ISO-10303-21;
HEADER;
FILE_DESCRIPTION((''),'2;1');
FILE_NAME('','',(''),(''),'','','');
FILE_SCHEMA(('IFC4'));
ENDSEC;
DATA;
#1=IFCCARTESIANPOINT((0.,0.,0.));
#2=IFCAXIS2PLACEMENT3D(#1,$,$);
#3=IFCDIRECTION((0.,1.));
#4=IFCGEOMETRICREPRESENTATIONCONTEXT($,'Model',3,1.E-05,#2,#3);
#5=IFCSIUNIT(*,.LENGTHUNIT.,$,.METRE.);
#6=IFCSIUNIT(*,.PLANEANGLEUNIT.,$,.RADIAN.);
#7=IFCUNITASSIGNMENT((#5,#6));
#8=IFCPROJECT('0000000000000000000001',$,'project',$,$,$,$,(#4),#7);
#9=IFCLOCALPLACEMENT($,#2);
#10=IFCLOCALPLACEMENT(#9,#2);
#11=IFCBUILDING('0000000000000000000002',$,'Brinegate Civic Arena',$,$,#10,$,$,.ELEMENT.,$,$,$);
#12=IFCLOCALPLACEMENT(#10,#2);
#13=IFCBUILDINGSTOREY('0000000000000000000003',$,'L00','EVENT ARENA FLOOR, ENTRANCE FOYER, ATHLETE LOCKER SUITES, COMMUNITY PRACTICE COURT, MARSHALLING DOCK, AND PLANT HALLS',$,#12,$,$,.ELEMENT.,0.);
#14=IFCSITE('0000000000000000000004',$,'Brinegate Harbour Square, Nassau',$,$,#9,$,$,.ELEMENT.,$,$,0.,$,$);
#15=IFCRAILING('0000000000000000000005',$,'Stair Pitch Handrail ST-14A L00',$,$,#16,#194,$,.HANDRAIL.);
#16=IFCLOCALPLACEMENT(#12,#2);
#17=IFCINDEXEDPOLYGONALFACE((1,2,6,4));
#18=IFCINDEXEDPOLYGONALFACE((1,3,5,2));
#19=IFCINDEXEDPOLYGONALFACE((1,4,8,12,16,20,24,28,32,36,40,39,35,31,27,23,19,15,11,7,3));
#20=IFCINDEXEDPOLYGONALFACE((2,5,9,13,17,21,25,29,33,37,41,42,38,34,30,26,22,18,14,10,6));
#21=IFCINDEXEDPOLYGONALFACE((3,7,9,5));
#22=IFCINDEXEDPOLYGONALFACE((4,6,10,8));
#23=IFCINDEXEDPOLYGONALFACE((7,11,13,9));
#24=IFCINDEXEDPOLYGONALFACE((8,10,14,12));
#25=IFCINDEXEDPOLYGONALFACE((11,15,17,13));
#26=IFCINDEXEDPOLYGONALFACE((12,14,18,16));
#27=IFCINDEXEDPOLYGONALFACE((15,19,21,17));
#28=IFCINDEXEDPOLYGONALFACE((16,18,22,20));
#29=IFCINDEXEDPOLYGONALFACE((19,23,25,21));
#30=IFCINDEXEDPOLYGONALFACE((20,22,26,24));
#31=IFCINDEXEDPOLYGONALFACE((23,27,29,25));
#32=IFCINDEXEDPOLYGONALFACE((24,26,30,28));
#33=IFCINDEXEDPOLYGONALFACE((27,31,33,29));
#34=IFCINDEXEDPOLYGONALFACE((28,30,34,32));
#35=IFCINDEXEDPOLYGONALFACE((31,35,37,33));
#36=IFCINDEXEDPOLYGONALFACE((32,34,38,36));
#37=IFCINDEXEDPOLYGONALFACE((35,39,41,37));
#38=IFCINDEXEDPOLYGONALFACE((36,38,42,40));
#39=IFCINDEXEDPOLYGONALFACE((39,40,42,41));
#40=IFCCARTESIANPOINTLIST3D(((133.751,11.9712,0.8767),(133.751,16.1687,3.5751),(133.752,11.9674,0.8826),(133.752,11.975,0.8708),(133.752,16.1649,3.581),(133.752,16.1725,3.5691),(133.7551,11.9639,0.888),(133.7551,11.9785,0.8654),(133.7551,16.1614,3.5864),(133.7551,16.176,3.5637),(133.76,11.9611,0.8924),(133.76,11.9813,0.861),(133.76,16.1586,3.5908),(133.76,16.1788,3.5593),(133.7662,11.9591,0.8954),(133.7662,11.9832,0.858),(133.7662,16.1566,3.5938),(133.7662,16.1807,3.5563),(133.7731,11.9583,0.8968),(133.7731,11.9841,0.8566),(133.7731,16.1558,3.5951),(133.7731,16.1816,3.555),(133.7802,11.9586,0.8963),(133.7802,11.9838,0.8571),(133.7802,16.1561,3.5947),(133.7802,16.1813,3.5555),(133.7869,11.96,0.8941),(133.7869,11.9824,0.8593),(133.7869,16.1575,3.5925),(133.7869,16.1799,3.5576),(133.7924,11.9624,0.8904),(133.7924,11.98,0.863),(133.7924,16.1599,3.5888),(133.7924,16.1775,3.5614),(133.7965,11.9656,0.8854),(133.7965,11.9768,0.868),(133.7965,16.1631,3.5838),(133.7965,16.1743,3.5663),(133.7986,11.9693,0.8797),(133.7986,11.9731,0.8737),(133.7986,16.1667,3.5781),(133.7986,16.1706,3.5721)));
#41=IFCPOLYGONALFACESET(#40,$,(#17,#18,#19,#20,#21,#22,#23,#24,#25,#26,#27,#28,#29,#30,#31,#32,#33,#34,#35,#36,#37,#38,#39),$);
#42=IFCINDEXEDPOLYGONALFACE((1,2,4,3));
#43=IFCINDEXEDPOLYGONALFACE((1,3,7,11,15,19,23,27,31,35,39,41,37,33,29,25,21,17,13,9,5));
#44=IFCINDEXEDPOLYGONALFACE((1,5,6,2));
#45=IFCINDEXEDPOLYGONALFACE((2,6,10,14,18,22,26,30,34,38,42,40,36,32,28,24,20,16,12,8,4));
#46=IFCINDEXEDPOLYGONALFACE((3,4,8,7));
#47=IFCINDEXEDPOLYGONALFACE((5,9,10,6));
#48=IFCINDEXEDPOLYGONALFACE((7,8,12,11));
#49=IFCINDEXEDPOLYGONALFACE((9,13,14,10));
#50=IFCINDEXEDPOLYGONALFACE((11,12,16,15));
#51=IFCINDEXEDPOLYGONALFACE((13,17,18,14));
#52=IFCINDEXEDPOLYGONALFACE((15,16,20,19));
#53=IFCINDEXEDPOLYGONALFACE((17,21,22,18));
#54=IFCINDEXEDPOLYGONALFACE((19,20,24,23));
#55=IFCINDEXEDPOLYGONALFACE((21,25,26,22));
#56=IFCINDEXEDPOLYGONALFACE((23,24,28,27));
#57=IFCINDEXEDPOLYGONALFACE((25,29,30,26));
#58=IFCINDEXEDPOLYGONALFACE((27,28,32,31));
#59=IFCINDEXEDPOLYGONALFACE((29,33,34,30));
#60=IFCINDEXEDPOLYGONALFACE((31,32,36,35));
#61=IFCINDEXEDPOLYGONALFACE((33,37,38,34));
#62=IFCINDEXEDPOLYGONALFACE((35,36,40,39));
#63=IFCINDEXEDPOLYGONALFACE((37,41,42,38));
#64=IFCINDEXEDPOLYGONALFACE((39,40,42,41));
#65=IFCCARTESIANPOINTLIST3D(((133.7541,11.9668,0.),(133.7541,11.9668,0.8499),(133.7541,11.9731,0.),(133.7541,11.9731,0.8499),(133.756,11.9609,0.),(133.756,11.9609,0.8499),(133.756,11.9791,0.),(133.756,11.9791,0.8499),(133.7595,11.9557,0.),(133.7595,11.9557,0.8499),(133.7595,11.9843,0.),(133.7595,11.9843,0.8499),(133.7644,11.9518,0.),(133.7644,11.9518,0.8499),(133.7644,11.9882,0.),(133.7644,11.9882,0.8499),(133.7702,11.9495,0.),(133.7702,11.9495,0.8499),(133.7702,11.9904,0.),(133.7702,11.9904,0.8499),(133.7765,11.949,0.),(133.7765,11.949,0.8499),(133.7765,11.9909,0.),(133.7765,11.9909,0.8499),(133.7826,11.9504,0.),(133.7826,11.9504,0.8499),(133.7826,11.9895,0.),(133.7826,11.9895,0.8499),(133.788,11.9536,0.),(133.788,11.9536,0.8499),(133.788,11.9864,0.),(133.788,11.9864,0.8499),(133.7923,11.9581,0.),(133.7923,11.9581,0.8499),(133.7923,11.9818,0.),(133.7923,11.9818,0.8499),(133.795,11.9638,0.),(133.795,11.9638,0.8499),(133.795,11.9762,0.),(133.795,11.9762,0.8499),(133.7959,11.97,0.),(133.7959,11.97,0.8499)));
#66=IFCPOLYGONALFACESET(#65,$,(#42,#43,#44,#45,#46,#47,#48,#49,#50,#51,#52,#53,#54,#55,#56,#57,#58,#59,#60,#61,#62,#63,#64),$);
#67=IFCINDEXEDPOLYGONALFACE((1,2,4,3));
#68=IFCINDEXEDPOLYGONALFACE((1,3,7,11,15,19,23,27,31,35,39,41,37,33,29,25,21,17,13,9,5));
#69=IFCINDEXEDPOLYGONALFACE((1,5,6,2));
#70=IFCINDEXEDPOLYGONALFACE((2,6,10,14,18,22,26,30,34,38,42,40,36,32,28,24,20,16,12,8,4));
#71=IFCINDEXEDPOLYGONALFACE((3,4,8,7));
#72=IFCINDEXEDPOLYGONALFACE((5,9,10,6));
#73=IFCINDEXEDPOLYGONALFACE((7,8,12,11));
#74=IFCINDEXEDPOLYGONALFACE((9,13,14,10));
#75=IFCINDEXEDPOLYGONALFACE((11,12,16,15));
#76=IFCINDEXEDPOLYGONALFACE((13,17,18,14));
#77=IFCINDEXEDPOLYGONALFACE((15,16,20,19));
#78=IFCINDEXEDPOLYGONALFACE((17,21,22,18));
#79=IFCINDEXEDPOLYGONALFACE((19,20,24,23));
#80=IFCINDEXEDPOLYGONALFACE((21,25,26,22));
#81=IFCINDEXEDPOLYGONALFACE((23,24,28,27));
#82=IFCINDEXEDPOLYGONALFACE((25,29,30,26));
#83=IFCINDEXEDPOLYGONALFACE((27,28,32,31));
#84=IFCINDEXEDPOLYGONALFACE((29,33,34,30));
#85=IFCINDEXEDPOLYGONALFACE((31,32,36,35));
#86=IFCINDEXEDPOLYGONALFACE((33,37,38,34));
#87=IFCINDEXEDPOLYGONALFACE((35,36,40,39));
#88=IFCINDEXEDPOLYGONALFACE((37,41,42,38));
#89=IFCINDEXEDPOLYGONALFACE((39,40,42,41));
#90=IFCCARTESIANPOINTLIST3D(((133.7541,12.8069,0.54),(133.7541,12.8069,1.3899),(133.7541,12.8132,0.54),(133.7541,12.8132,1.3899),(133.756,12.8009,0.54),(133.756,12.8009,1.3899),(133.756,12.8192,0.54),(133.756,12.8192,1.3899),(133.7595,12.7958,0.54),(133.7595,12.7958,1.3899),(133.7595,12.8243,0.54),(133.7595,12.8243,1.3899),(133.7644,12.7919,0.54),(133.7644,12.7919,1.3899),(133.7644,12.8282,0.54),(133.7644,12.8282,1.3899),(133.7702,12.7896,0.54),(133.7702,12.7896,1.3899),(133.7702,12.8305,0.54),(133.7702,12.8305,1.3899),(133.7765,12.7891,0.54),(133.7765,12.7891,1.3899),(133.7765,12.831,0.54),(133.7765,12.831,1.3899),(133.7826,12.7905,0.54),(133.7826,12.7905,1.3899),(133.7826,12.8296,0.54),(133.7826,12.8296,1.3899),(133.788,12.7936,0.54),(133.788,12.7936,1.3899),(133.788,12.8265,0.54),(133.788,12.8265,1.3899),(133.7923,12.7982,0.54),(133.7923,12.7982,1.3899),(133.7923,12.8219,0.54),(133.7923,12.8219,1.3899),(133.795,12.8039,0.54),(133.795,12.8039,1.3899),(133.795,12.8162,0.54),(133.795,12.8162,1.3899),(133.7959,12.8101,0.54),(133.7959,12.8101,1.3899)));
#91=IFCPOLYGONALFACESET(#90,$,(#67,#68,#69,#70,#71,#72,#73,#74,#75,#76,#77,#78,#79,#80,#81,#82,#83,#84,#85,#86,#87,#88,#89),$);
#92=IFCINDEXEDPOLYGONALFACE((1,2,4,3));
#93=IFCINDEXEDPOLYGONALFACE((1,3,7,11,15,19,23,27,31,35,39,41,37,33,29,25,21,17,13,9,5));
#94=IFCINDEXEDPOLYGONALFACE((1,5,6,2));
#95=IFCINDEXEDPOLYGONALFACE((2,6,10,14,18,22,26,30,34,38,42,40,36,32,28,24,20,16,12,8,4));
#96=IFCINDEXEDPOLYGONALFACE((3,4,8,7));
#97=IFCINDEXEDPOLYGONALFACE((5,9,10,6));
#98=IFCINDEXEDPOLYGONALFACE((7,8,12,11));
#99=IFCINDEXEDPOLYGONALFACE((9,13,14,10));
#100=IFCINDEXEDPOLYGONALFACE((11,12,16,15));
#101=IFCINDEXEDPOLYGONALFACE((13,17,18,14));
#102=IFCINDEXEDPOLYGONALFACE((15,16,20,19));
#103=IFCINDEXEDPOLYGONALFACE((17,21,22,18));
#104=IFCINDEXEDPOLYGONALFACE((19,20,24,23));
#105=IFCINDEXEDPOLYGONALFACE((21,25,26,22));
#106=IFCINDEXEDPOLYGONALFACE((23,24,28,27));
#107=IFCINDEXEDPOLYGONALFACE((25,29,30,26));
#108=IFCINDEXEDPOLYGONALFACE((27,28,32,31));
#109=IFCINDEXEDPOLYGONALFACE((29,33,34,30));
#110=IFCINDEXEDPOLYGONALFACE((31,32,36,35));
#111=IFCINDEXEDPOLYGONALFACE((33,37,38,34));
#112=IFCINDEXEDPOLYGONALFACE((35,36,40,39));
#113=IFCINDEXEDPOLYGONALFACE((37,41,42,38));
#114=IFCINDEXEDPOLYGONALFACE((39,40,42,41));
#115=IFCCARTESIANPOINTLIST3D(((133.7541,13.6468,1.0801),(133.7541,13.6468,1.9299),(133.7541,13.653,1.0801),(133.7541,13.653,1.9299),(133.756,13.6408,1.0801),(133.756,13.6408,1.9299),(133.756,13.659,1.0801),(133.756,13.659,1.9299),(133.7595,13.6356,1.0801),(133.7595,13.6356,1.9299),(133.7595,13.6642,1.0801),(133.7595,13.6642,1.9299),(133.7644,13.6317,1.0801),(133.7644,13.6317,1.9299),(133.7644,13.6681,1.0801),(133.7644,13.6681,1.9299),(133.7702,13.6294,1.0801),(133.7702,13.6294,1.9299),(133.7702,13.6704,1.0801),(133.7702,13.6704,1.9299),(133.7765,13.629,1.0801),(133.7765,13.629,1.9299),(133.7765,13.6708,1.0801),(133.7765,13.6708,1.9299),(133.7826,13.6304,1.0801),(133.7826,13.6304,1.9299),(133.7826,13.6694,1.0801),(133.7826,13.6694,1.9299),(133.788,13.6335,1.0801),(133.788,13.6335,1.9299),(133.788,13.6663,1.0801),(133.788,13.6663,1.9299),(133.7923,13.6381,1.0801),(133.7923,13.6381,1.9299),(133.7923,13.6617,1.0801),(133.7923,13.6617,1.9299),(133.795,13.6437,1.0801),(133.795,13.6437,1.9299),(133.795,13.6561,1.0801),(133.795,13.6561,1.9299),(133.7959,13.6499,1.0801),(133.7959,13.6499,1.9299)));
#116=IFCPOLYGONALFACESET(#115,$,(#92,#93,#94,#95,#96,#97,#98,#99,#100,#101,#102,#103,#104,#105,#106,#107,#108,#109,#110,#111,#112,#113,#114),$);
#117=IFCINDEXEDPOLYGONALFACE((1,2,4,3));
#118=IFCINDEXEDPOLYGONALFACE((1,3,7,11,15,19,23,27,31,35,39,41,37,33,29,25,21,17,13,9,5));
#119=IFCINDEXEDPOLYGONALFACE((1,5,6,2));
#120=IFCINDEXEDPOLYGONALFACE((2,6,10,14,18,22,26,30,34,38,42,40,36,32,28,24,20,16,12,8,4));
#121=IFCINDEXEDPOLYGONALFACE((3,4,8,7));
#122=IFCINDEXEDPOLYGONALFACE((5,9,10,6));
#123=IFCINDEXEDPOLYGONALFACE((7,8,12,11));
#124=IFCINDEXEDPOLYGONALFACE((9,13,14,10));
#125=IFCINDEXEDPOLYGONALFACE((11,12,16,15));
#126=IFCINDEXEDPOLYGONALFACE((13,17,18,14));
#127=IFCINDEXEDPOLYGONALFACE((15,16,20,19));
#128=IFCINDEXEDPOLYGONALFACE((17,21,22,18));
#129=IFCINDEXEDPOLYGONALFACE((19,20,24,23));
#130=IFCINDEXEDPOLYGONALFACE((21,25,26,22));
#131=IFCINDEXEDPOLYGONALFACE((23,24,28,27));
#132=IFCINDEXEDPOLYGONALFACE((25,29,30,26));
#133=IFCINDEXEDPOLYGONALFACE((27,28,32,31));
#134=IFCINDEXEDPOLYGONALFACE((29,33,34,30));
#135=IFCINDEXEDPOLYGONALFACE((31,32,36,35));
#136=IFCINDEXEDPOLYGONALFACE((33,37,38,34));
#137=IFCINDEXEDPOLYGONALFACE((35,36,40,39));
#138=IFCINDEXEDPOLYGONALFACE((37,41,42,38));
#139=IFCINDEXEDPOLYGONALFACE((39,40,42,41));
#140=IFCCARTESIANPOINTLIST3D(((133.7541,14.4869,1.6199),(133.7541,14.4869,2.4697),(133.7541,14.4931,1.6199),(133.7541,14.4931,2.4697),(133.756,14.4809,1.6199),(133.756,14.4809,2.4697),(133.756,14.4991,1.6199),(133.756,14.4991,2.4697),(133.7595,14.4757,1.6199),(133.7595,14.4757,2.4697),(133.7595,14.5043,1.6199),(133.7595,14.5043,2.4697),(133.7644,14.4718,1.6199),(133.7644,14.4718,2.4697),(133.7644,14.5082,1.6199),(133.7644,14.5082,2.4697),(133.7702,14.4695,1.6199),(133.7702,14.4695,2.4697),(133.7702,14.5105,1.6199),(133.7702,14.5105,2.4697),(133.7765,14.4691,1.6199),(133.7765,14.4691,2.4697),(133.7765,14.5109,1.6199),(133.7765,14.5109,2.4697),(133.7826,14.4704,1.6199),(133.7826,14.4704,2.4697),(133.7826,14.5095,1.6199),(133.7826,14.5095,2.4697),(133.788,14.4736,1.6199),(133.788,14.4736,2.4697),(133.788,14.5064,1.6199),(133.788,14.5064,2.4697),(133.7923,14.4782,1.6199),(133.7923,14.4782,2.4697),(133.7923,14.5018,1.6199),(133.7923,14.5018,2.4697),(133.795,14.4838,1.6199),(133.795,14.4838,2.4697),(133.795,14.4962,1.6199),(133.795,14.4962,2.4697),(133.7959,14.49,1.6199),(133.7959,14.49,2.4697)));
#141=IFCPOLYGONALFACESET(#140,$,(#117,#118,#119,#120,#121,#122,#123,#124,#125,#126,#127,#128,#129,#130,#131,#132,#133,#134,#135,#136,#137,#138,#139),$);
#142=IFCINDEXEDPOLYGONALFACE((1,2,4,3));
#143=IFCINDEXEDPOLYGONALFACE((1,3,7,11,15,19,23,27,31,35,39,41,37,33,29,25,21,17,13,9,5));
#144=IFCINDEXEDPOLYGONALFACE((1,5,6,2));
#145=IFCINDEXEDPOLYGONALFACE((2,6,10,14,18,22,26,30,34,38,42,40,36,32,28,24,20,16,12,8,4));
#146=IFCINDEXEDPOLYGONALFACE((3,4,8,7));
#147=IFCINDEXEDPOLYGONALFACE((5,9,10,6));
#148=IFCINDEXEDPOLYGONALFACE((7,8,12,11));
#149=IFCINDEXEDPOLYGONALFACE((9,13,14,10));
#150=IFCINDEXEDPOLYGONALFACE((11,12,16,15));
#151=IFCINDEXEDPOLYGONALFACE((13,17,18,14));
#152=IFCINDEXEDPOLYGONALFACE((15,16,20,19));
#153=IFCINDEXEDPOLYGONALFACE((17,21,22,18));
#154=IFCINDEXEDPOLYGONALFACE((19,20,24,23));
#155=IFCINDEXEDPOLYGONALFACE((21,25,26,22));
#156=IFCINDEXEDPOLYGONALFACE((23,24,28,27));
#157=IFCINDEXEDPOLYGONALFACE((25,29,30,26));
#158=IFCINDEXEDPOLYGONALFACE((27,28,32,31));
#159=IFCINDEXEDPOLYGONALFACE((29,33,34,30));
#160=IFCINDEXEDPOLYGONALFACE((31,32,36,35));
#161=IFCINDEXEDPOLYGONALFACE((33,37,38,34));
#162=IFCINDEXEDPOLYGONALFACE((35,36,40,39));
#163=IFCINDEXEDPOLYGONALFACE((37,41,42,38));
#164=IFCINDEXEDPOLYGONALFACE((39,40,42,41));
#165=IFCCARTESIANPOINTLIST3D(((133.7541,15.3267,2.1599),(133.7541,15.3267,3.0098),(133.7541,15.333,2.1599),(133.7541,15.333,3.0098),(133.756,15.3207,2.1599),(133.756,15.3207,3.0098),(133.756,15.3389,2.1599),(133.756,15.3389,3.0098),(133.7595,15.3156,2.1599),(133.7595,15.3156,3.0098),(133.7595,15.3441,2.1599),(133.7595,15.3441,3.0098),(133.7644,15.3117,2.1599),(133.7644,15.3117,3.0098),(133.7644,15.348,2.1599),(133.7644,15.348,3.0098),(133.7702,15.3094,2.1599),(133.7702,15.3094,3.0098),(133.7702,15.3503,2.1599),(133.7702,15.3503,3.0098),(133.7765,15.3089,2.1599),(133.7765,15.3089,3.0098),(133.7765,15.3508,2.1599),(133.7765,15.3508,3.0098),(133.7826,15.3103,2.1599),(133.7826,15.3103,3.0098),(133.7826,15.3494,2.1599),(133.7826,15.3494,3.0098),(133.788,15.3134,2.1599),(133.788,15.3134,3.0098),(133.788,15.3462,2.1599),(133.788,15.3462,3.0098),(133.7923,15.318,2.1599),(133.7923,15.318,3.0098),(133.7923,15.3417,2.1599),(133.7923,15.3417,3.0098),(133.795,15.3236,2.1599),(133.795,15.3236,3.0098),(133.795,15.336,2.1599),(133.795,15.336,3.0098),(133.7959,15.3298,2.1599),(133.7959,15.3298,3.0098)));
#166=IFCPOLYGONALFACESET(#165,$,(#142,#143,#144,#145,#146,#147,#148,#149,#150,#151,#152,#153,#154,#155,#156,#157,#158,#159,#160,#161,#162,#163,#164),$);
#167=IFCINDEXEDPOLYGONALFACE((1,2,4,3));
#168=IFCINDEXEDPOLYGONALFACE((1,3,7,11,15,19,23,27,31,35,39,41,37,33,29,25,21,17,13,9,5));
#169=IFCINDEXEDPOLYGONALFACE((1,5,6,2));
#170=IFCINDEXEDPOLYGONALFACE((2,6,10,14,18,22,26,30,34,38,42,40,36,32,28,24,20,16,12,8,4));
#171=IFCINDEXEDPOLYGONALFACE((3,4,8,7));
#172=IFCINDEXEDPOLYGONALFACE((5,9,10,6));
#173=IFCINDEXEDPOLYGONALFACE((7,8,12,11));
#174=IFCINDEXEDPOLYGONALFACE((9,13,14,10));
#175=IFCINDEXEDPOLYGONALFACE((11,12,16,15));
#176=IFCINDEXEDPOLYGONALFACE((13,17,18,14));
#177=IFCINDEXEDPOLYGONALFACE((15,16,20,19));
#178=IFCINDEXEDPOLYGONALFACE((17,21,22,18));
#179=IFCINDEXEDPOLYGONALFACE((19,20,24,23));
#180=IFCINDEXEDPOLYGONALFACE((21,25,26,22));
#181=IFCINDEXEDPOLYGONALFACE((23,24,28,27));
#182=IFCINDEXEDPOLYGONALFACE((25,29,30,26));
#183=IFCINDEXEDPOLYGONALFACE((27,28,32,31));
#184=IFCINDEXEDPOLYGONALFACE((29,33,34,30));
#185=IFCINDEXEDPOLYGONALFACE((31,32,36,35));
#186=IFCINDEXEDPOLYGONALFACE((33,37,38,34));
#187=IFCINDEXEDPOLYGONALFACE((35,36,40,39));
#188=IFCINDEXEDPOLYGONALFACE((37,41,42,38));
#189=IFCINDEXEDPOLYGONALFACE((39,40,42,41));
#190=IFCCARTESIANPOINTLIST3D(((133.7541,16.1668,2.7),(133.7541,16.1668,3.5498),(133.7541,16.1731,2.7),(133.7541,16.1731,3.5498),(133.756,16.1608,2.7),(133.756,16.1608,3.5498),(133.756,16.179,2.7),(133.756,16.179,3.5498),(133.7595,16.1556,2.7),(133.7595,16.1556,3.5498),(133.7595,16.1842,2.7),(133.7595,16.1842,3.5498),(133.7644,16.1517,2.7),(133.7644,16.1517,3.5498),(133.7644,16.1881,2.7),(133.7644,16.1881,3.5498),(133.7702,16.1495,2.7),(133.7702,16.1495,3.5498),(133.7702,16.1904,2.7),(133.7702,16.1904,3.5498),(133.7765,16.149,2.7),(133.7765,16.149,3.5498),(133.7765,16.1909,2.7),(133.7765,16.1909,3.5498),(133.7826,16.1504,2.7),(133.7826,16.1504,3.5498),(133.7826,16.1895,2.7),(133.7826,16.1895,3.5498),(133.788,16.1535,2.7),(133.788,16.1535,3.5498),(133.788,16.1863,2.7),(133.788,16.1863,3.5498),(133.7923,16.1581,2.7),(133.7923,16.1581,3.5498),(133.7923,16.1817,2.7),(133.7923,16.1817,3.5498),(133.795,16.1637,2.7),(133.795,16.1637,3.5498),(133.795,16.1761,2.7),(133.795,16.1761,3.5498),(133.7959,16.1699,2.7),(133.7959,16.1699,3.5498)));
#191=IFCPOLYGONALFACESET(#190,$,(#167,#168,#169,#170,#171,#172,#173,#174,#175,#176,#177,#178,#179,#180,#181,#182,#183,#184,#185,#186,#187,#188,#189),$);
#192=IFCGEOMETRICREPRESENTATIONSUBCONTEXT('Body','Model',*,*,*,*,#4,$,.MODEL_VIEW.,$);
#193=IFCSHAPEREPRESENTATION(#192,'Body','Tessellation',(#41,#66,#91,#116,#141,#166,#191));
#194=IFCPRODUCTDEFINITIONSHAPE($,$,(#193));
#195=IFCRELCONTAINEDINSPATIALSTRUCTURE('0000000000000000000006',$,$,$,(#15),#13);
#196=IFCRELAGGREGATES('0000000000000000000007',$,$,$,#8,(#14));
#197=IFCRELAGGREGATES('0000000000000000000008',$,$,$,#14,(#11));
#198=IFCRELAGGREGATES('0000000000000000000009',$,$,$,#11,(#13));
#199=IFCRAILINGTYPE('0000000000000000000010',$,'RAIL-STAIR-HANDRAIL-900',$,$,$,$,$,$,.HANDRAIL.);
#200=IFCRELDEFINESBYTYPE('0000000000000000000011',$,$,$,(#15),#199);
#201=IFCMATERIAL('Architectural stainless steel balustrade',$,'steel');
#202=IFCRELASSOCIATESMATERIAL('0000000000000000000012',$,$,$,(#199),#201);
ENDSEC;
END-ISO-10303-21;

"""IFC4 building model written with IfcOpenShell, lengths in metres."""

from ifc_helpers import new_model, si_unit, direction, frame, origin, origin_2d, place, context, subcontext, project, spatial, circle, extrude, material, type_object, element, save


model = new_model("IFC4")

# Units and contexts
model_context = context("Model", 3, precision=1e-05, world=origin(), true_north=direction((0.0, 1.0)))
body_context = subcontext(model_context, "Body", "Model", "MODEL_VIEW")
ifc_project = project(units=[si_unit("LENGTHUNIT", "METRE"), si_unit("PLANEANGLEUNIT", "RADIAN")], contexts=[model_context])

# Site, building, storey
site_placement = place(None, origin())
site = spatial("IfcSite", under=ifc_project, at=site_placement, Name="Brinegate Harbour Square, Nassau", CompositionType="ELEMENT", RefElevation=0.0)
building_placement = place(site_placement, origin())
building = spatial("IfcBuilding", under=site, at=building_placement, Name="Brinegate Civic Arena", CompositionType="ELEMENT")
storey_placement = place(building_placement, origin())
storey = spatial("IfcBuildingStorey", under=building, at=storey_placement, Name="L00", Description="EVENT ARENA FLOOR, ENTRANCE FOYER, ATHLETE LOCKER SUITES, COMMUNITY PRACTICE COURT, MARSHALLING DOCK, AND PLANT HALLS", CompositionType="ELEMENT", Elevation=0.0)

# Railing
ifc_material_1 = material(Name="Architectural stainless steel balustrade", Category="steel")
railing_type_1 = type_object("IfcRailingType", Name="RAIL-STAIR-HANDRAIL-900", PredefinedType="HANDRAIL", material=ifc_material_1)
for number, where, name in (
    (1, (133.7749, 11.97, 0.0), "Stair Pitch Handrail ST-14A L00"),
):
    element("IfcRailing", number, at=place(storey_placement, frame(where)), inside=storey, type_object=railing_type_1, Name=name, PredefinedType="HANDRAIL", context=body_context, shape_type="SweptSolid", body=[
        extrude(circle(Radius=0.0239, at=origin_2d()), frame((0.0, 0.0012, 0.8767), z_axis=(0.0, 0.84118, 0.540755), x_axis=(-1.0, 0.0, 0.0)), (0.0, 0.0, 1.0), 4.99),
        extrude(circle(Radius=0.021, at=origin_2d()), origin(), (0.0, 0.0, 1.0), 0.8499),
        extrude(circle(Radius=0.021, at=origin_2d()), frame((0.0, 0.8401, 0.54)), (0.0, 0.0, 1.0), 0.8499),
        extrude(circle(Radius=0.021, at=origin_2d()), frame((0.0, 1.6799, 1.0801)), (0.0, 0.0, 1.0), 0.8499),
        extrude(circle(Radius=0.021, at=origin_2d()), frame((0.0, 2.52, 1.6199)), (0.0, 0.0, 1.0), 0.8499),
        extrude(circle(Radius=0.021, at=origin_2d()), frame((0.0, 3.3599, 2.1599)), (0.0, 0.0, 1.0), 0.8499),
        extrude(circle(Radius=0.021, at=origin_2d()), frame((0.0, 4.2, 2.7)), (0.0, 0.0, 1.0), 0.8499),
    ])

save(model, "model.ifc")
